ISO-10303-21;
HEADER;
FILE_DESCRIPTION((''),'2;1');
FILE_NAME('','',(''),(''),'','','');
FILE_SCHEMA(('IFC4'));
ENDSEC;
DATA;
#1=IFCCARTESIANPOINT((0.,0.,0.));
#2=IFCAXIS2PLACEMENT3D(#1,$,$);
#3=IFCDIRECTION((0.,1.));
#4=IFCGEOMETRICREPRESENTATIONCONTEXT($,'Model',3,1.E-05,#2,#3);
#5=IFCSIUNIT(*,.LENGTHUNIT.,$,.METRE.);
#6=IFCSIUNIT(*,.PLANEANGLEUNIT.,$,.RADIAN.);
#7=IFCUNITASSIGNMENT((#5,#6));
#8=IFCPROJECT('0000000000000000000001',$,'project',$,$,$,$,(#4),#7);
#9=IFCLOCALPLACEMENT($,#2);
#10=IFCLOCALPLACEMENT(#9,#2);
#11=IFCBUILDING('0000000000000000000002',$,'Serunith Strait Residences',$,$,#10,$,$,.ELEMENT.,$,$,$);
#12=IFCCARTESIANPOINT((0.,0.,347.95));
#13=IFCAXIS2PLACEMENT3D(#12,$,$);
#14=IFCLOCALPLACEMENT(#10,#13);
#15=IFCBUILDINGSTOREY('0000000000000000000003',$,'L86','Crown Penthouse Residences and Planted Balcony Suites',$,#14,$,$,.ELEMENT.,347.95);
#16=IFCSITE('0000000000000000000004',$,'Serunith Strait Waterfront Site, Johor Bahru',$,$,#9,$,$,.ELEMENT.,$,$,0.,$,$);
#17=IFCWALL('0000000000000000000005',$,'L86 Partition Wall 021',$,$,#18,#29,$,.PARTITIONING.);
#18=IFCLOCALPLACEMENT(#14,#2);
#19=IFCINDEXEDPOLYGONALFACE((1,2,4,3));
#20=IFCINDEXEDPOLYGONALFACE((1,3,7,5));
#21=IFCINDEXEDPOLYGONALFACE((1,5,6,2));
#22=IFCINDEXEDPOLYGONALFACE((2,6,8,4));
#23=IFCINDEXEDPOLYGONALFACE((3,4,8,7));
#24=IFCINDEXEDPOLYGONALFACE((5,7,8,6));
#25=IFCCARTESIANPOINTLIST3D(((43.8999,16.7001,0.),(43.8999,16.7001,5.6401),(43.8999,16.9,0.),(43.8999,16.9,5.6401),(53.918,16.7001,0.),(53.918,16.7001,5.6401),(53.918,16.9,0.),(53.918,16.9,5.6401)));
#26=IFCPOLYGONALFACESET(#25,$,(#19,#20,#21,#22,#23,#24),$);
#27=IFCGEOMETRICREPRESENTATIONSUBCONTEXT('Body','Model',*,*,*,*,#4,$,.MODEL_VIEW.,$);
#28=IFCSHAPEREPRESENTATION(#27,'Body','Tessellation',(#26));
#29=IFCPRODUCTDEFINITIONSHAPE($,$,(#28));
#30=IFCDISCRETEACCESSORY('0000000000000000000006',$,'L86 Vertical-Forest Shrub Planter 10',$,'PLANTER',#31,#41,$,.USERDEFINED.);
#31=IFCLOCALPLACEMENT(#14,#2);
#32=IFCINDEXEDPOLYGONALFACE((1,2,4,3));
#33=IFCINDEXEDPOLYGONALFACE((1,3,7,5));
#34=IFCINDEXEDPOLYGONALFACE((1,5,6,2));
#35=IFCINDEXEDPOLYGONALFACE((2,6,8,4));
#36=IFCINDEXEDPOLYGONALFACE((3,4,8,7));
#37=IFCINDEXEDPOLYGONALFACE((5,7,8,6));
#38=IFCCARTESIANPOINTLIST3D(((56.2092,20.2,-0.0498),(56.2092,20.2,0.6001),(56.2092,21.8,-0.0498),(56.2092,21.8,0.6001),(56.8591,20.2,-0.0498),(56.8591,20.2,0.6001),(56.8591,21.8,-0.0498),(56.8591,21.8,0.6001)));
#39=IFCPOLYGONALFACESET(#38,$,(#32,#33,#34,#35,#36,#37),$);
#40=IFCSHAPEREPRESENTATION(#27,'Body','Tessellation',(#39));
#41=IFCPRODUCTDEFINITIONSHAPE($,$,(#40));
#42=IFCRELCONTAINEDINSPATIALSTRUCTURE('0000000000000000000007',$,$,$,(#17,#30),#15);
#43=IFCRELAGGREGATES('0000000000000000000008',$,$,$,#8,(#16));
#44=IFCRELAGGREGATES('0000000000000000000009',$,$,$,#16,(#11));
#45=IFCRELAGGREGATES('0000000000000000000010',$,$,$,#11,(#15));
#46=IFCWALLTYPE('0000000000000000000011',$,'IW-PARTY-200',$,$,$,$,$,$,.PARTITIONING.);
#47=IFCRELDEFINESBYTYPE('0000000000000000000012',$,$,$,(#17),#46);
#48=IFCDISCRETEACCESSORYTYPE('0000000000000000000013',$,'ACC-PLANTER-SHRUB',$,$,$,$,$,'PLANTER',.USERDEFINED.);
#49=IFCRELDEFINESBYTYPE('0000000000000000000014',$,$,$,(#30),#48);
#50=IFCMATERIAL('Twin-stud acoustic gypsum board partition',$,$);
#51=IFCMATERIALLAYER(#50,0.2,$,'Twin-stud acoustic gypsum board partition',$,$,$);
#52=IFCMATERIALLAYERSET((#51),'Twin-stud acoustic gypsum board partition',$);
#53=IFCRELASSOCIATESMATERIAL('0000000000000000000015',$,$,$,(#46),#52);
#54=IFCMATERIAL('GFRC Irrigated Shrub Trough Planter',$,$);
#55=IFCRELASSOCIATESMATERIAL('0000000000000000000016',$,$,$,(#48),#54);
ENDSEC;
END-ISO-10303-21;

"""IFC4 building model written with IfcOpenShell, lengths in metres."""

from ifc_helpers import new_model, si_unit, direction, frame, frame_2d, origin, origin_2d, place, context, subcontext, project, spatial, rectangle, extrude, source, transform, mapped, material, layer, layer_set, type_object, element, save


model = new_model("IFC4")

# Units and contexts
model_context = context("Model", 3, precision=1e-05, world=origin(), true_north=direction((0.0, 1.0)))
body_context = subcontext(model_context, "Body", "Model", "MODEL_VIEW")
ifc_project = project(units=[si_unit("LENGTHUNIT", "METRE"), si_unit("PLANEANGLEUNIT", "RADIAN")], contexts=[model_context])

# Site, building, storey
site_placement = place(None, origin())
site = spatial("IfcSite", under=ifc_project, at=site_placement, Name="Serunith Strait Waterfront Site, Johor Bahru", CompositionType="ELEMENT", RefElevation=0.0)
building_placement = place(site_placement, origin())
building = spatial("IfcBuilding", under=site, at=building_placement, Name="Serunith Strait Residences", CompositionType="ELEMENT")
storey_placement = place(building_placement, frame((0.0, 0.0, 347.95)))
storey = spatial("IfcBuildingStorey", under=building, at=storey_placement, Name="L86", Description="Crown Penthouse Residences and Planted Balcony Suites", CompositionType="ELEMENT", Elevation=347.95)

# Wall
ifc_material_1 = material(Name="Twin-stud acoustic gypsum board partition")
ifc_layer_1 = layer(ifc_material_1, 0.2, Name="Twin-stud acoustic gypsum board partition")
ifc_layer_set_1 = layer_set([ifc_layer_1], Name="Twin-stud acoustic gypsum board partition")
wall_type_1 = type_object("IfcWallType", Name="IW-PARTY-200", PredefinedType="PARTITIONING", material=ifc_layer_set_1)
wall_1_placement = place(storey_placement, frame((43.8999, 16.8, 0.0), z_axis=(0.0, 0.0, 1.0), x_axis=(1.0, 0.0, 0.0)))
element("IfcWall", 1, at=wall_1_placement, inside=storey, type_object=wall_type_1, Name="L86 Partition Wall 021", PredefinedType="PARTITIONING", context=body_context, shape_type="SweptSolid", body=[
    extrude(rectangle(XDim=10.0181, YDim=0.2, at=frame_2d((5.009, 0.0))), origin(), (0.0, 0.0, 1.0), 5.6401),
])

# Discrete accessory
ifc_material_2 = material(Name="GFRC Irrigated Shrub Trough Planter")
discrete_accessory_type = type_object("IfcDiscreteAccessoryType", Name="ACC-PLANTER-SHRUB", ElementType="PLANTER", PredefinedType="USERDEFINED", material=ifc_material_2)
shared_shape_1 = source(origin(), body_context, "Body", "SweptSolid", [
    extrude(rectangle(XDim=1.6001, YDim=0.6499, at=origin_2d()), origin(), (0.0, 0.0, 1.0), 0.6499),
])
discrete_accessory_placement = place(storey_placement, frame((56.5342, 21.0, -0.0498), z_axis=(0.0, 0.0, 1.0), x_axis=(0.0, 1.0, 0.0)))
element("IfcDiscreteAccessory", 2, at=discrete_accessory_placement, inside=storey, type_object=discrete_accessory_type, Name="L86 Vertical-Forest Shrub Planter 10", ObjectType="PLANTER", PredefinedType="USERDEFINED", context=body_context, shape_type="MappedRepresentation", body=[
    mapped(shared_shape_1, transform((0.0, 0.0, 0.0), scale=1.0)),
])

save(model, "model.ifc")
